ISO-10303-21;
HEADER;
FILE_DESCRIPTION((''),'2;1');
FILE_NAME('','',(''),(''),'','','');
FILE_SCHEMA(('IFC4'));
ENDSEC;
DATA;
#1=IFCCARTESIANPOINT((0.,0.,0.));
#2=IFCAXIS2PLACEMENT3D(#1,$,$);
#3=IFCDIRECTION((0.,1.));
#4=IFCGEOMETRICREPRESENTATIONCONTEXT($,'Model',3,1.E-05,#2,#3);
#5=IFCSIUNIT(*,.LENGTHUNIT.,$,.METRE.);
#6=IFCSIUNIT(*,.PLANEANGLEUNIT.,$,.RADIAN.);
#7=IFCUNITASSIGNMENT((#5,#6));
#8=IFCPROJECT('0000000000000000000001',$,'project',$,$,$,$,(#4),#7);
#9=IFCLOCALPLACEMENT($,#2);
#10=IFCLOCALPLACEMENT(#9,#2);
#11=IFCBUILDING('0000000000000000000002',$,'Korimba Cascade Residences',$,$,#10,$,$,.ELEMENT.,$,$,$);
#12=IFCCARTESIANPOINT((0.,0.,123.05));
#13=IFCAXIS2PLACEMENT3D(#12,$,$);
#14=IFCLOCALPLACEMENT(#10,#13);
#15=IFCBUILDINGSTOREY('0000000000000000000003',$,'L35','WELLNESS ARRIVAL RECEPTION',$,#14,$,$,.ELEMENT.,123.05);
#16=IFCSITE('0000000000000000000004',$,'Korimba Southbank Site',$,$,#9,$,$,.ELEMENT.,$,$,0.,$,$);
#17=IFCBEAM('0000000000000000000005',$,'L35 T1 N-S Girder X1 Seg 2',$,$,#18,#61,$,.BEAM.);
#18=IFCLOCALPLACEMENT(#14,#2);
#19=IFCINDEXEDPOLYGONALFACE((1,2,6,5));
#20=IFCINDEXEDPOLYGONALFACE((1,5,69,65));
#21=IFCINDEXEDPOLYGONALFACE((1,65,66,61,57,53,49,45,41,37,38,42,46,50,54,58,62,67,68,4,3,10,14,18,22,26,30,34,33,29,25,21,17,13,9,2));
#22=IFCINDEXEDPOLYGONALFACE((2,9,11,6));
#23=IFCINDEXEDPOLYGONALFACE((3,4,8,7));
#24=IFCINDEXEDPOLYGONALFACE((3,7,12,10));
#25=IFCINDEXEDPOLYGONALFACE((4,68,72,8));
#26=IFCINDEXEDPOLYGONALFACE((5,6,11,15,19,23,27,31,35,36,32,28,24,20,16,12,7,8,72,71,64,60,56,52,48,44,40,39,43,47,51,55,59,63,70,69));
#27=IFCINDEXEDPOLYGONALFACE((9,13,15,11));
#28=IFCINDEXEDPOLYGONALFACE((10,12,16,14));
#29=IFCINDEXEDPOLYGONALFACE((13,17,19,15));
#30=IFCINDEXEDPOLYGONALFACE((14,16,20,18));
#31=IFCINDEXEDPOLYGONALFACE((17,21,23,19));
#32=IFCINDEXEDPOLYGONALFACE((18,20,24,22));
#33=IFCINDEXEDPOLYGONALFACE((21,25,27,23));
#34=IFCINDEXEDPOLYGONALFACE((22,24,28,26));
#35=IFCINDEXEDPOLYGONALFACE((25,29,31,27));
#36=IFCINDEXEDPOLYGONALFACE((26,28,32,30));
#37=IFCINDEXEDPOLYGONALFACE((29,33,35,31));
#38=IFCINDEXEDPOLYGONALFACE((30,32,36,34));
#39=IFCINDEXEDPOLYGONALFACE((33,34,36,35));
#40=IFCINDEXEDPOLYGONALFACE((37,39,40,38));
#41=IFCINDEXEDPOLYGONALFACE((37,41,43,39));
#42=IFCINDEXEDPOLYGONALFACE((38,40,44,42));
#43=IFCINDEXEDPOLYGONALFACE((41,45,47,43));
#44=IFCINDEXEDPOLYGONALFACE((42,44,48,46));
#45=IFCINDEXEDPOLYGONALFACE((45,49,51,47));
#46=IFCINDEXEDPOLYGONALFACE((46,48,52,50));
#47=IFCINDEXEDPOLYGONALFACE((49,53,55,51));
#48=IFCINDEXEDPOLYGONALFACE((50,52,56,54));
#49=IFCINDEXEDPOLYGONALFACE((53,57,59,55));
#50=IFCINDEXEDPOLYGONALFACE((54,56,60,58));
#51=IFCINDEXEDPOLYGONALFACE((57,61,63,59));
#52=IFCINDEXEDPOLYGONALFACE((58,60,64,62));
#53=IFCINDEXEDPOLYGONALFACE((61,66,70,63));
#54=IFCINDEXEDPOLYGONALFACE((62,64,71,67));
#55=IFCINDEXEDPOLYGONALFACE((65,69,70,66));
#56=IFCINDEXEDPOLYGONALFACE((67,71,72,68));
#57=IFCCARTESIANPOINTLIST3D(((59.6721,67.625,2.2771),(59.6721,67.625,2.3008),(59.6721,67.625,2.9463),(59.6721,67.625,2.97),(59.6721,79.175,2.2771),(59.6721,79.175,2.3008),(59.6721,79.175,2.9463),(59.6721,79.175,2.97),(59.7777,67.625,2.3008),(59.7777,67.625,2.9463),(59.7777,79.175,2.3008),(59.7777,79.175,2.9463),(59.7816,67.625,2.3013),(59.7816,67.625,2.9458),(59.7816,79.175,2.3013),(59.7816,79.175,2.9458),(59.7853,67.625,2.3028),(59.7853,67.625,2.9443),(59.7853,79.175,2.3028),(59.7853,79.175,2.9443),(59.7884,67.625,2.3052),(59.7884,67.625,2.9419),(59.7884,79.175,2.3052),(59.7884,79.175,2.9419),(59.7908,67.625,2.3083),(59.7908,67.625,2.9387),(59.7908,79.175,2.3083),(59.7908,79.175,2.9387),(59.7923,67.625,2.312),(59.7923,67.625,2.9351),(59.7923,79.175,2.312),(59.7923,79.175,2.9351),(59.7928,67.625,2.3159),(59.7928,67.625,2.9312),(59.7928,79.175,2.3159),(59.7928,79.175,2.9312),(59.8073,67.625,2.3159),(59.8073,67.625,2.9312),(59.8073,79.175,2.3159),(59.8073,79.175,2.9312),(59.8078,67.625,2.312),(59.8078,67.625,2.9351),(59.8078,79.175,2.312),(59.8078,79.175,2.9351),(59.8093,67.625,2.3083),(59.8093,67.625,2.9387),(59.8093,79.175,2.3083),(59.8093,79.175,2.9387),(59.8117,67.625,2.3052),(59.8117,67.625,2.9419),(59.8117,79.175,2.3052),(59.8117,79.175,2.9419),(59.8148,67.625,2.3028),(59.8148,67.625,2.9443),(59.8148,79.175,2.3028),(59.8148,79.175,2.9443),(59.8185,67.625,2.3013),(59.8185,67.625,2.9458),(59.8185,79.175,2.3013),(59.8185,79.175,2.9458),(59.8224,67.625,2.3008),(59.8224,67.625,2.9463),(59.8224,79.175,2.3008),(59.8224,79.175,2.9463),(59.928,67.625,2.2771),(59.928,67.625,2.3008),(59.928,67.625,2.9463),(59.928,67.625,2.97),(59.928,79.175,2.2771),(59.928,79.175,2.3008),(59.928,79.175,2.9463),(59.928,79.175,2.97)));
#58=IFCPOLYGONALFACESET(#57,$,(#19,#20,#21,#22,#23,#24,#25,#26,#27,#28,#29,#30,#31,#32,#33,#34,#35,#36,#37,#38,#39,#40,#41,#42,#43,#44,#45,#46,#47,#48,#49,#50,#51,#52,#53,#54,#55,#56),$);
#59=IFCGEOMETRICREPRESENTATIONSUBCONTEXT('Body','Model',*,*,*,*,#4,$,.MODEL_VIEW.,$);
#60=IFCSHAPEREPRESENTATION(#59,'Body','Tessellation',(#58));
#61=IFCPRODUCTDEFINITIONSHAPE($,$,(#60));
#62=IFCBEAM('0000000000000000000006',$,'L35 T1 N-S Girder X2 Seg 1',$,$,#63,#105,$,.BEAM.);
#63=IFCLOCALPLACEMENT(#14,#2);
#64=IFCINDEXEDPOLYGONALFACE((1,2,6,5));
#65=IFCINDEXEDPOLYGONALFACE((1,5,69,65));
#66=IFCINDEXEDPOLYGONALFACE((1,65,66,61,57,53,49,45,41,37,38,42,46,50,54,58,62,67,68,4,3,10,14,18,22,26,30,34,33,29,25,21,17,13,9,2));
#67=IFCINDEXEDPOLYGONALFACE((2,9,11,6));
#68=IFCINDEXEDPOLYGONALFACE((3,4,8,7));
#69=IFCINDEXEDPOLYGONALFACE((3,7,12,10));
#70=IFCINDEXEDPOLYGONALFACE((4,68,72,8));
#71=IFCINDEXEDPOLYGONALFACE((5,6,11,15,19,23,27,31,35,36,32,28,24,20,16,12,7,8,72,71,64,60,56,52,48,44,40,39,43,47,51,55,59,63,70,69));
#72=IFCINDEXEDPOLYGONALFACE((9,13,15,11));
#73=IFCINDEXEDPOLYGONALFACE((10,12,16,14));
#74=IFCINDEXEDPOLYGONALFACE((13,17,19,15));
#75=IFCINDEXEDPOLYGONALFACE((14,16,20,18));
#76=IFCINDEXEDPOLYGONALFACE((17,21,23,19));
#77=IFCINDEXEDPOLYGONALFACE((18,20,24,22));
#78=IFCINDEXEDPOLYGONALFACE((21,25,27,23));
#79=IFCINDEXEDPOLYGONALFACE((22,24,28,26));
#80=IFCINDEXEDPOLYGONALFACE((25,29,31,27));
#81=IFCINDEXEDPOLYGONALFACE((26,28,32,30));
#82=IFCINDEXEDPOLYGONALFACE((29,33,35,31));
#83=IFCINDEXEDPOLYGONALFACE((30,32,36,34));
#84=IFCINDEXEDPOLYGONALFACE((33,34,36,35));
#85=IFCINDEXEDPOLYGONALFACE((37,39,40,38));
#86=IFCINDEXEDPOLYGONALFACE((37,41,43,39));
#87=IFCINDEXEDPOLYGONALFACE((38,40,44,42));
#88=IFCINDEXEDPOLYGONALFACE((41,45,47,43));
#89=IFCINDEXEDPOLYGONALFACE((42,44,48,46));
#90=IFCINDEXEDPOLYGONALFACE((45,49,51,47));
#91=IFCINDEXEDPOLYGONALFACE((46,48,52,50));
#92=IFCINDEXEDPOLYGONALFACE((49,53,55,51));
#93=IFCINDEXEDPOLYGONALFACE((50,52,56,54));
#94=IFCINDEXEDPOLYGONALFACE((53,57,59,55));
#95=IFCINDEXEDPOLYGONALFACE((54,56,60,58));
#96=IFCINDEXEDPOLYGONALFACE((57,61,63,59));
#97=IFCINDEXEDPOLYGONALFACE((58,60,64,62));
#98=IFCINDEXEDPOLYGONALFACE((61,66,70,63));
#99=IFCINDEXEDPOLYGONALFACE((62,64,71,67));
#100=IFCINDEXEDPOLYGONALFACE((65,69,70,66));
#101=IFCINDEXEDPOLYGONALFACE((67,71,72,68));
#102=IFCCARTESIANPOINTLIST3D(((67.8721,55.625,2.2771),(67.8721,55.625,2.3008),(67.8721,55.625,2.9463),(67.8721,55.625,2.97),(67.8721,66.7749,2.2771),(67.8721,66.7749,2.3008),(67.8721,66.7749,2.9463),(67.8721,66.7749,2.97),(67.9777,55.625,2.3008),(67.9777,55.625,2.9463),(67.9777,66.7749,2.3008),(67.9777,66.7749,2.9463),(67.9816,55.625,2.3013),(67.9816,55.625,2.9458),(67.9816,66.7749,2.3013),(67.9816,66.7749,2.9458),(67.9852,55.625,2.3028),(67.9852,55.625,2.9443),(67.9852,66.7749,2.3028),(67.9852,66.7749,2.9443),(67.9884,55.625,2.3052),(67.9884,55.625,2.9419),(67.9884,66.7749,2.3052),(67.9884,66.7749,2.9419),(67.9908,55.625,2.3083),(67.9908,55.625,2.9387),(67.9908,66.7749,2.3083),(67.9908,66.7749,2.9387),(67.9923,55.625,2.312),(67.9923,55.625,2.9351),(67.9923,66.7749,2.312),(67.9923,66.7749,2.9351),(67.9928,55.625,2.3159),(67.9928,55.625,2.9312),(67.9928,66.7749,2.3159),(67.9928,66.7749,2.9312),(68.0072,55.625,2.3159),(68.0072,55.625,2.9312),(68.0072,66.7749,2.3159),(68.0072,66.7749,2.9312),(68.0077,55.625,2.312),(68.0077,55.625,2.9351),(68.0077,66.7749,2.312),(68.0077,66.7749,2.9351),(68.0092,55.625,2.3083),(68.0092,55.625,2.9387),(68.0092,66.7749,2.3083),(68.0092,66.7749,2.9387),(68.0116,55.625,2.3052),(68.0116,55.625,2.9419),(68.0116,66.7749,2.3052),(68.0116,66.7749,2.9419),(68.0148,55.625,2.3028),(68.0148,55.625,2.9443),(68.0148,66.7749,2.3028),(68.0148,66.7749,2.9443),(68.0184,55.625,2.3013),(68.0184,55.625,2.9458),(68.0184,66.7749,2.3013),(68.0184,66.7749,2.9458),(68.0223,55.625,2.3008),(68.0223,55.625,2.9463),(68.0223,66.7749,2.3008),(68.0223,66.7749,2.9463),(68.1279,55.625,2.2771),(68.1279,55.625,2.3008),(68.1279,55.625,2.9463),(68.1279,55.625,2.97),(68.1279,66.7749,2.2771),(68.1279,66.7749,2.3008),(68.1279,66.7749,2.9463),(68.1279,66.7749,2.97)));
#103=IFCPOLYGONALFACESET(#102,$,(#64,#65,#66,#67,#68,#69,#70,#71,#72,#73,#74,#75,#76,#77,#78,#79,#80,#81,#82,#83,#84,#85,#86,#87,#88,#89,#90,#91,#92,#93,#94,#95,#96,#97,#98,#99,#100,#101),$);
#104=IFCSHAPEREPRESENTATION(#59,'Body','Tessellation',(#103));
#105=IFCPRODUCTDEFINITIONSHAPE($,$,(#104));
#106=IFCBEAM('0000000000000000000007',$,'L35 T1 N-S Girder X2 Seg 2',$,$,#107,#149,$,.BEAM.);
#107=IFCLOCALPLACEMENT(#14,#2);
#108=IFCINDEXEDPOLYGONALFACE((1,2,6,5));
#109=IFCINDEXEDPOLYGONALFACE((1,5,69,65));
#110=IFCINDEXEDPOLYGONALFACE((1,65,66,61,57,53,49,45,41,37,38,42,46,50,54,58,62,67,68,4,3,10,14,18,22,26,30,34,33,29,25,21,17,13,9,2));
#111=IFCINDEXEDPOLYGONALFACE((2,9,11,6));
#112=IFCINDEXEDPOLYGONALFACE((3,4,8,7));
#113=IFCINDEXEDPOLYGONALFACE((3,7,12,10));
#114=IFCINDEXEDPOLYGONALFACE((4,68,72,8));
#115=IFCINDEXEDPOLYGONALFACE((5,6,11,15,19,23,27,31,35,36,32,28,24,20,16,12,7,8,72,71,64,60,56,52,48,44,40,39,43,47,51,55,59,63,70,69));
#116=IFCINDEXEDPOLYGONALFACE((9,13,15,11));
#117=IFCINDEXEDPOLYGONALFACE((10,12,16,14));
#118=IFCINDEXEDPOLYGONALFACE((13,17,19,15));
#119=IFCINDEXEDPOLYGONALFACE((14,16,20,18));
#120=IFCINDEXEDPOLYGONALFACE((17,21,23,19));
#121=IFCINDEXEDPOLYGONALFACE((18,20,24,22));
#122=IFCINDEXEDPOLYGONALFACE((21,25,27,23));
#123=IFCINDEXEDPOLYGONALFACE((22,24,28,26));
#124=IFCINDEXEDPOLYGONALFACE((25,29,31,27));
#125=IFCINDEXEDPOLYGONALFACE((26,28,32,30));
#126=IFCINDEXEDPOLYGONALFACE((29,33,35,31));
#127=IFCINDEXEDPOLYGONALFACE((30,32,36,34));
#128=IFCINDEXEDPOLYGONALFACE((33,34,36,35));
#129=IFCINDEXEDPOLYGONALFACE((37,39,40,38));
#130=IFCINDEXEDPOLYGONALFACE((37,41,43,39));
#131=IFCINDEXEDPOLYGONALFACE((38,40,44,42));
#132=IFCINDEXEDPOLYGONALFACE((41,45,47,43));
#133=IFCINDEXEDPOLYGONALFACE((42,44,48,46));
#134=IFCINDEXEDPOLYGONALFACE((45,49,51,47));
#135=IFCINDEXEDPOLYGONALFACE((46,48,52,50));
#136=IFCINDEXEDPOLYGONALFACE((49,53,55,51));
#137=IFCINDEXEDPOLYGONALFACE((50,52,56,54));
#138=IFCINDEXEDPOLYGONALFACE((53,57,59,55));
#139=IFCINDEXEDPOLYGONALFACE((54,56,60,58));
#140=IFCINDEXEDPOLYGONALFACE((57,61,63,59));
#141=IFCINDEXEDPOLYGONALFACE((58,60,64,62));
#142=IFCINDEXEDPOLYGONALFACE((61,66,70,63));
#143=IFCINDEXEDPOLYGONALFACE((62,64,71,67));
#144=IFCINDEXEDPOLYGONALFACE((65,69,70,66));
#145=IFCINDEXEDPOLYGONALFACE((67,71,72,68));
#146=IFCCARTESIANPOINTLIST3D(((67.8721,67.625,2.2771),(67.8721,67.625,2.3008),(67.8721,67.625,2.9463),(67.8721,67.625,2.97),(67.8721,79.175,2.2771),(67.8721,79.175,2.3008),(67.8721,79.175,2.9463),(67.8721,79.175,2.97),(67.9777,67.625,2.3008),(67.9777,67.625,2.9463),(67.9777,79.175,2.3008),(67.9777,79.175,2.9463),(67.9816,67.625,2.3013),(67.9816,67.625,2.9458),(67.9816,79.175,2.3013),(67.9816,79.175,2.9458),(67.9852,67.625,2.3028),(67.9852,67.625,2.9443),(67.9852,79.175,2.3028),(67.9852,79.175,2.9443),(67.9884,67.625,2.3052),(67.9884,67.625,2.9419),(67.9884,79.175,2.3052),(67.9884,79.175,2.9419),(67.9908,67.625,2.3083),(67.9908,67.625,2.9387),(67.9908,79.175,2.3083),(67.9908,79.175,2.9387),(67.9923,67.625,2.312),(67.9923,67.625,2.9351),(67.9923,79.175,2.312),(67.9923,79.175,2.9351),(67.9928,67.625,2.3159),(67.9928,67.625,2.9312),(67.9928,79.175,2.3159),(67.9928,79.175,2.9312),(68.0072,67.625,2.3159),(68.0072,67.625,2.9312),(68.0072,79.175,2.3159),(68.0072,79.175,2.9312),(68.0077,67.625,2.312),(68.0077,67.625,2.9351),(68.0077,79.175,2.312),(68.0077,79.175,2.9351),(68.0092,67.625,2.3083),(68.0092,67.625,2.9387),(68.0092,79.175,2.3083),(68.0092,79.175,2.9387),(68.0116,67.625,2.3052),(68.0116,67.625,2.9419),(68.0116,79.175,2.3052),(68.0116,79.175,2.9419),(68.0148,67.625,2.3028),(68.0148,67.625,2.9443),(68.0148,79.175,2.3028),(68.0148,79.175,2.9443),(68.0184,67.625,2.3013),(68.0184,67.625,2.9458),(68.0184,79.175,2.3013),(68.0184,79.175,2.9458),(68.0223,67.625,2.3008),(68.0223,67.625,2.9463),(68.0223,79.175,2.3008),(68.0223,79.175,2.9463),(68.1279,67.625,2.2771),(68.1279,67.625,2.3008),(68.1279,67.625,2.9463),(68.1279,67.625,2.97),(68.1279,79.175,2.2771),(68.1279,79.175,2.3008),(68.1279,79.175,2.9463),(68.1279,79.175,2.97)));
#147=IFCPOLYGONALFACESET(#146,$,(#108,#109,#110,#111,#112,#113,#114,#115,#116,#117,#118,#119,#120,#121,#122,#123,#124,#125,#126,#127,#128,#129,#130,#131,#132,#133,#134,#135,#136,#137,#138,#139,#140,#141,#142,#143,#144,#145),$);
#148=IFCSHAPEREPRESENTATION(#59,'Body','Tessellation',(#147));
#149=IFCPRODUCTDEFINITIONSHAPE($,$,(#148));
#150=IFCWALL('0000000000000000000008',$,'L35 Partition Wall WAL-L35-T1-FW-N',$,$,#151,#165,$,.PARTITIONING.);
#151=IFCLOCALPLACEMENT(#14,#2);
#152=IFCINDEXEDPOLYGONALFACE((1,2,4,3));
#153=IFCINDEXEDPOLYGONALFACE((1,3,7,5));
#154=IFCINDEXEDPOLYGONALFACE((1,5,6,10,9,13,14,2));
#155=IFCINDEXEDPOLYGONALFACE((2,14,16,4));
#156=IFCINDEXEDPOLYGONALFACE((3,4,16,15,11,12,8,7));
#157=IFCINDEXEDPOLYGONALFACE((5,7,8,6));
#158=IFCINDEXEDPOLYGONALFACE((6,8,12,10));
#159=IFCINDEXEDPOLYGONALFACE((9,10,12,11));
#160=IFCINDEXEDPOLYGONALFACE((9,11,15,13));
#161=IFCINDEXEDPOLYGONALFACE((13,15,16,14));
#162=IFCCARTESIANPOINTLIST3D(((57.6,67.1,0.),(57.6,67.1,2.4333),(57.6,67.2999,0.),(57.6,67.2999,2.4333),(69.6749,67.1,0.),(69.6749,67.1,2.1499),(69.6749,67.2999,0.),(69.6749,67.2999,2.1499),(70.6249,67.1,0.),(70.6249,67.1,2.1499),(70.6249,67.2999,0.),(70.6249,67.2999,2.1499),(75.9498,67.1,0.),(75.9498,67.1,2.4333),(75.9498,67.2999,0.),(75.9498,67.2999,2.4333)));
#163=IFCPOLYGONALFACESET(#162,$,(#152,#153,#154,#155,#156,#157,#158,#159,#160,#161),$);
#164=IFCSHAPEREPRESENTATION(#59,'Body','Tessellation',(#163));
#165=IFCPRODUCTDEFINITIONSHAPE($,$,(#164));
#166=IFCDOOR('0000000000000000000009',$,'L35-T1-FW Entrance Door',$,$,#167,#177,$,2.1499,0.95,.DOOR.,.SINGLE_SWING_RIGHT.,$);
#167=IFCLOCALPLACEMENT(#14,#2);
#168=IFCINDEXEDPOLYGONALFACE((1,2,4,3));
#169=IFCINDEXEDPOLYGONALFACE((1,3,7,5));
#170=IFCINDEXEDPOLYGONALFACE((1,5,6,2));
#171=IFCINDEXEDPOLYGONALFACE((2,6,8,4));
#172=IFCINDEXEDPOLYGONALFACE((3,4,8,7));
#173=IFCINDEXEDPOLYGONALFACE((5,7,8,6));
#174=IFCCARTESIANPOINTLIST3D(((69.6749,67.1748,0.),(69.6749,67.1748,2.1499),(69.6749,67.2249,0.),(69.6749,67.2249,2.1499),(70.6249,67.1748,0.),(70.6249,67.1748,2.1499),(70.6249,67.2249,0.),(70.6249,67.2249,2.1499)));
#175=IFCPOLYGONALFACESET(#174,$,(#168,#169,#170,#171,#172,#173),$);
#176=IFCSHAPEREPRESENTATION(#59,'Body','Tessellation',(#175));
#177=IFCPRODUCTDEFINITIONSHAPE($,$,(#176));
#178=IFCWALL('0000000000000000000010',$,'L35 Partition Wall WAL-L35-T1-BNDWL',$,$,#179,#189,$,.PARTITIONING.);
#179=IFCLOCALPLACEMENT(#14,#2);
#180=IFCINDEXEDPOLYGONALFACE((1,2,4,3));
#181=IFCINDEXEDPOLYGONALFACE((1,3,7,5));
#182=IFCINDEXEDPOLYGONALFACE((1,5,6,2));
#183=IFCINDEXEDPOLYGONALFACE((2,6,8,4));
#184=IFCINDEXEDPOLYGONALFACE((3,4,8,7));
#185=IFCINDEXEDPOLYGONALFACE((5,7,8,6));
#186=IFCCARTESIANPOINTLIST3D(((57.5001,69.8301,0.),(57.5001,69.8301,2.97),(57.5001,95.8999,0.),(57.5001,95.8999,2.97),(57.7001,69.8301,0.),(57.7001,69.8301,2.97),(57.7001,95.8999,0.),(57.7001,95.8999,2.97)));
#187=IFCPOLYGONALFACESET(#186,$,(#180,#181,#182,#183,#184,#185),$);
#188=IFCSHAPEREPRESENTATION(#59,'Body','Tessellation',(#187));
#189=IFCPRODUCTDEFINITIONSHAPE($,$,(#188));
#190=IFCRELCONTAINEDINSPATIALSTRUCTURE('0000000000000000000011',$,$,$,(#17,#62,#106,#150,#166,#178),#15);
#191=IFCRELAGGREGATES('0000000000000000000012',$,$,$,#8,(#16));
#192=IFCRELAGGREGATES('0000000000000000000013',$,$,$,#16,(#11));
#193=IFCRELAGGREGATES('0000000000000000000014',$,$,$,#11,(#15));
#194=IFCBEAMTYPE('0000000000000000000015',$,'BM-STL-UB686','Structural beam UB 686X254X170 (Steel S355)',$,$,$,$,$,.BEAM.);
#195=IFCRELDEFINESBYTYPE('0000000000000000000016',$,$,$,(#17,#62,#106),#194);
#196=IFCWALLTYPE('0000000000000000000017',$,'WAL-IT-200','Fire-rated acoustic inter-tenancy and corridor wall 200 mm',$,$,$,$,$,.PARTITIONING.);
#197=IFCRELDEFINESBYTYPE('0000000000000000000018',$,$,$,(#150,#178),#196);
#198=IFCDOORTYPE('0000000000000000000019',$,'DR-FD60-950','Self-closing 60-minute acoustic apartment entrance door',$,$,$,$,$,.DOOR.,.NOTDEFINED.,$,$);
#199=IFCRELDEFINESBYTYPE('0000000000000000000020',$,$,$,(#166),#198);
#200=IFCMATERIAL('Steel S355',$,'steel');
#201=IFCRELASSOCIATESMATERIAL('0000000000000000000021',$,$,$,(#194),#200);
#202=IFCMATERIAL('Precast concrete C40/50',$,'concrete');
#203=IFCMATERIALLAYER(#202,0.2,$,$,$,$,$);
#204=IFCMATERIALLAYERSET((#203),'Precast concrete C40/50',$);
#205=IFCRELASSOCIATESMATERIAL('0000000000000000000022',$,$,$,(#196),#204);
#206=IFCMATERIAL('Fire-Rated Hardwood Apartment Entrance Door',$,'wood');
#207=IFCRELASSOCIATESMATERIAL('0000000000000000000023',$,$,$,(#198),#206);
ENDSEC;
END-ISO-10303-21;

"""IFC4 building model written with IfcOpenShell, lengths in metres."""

from ifc_helpers import new_model, si_unit, direction, frame, frame_2d, origin, origin_2d, place, context, subcontext, project, spatial, rectangle, i_section, extrude, material, layer, layer_set, material_profile, profile_set, type_object, element, fill, save


model = new_model("IFC4")

# Units and contexts
model_context = context("Model", 3, precision=1e-05, world=origin(), true_north=direction((0.0, 1.0)))
body_context = subcontext(model_context, "Body", "Model", "MODEL_VIEW")
ifc_project = project(units=[si_unit("LENGTHUNIT", "METRE"), si_unit("PLANEANGLEUNIT", "RADIAN")], contexts=[model_context])

# Site, building, storey
site_placement = place(None, origin())
site = spatial("IfcSite", under=ifc_project, at=site_placement, Name="Korimba Southbank Site", CompositionType="ELEMENT", RefElevation=0.0)
building_placement = place(site_placement, origin())
building = spatial("IfcBuilding", under=site, at=building_placement, Name="Korimba Cascade Residences", CompositionType="ELEMENT")
storey_placement = place(building_placement, frame((0.0, 0.0, 123.05)))
storey = spatial("IfcBuildingStorey", under=building, at=storey_placement, Name="L35", Description="WELLNESS ARRIVAL RECEPTION", CompositionType="ELEMENT", Elevation=123.05)

# Beams
ifc_material_1 = material(Name="Steel S355", Category="steel")
ifc_material_profile_1 = material_profile(ifc_material_1, i_section(OverallWidth=0.2559, OverallDepth=0.6929, WebThickness=0.0144, FlangeThickness=0.0237, FilletRadius=0.0151, at=origin_2d()), Name="Steel S355")
ifc_profile_set_1 = profile_set([ifc_material_profile_1], Name="Steel S355")
beam_type_1 = type_object("IfcBeamType", Name="BM-STL-UB686", Description="Structural beam UB 686X254X170 (Steel S355)", PredefinedType="BEAM", material=ifc_profile_set_1)
beam_1_placement = place(storey_placement, frame((59.8, 67.625, 2.6235), z_axis=(0.0, 1.0, 0.0), x_axis=(-1.0, 0.0, 0.0)))
element("IfcBeam", 1, at=beam_1_placement, inside=storey, type_object=beam_type_1, Name="L35 T1 N-S Girder X1 Seg 2", PredefinedType="BEAM", context=body_context, shape_type="SweptSolid", body=[
    extrude(i_section(OverallWidth=0.2559, OverallDepth=0.6929, WebThickness=0.0144, FlangeThickness=0.0237, FilletRadius=0.0151, at=origin_2d()), origin(), (0.0, 0.0, 1.0), 11.55),
])
beam_2_placement = place(storey_placement, frame((68.0, 55.625, 2.6235), z_axis=(0.0, 1.0, 0.0), x_axis=(-1.0, 0.0, 0.0)))
element("IfcBeam", 2, at=beam_2_placement, inside=storey, type_object=beam_type_1, Name="L35 T1 N-S Girder X2 Seg 1", PredefinedType="BEAM", context=body_context, shape_type="SweptSolid", body=[
    extrude(i_section(OverallWidth=0.2559, OverallDepth=0.6929, WebThickness=0.0144, FlangeThickness=0.0237, FilletRadius=0.0151, at=origin_2d()), origin(), (0.0, 0.0, 1.0), 11.1499),
])
beam_3_placement = place(storey_placement, frame((68.0, 67.625, 2.6235), z_axis=(0.0, 1.0, 0.0), x_axis=(-1.0, 0.0, 0.0)))
element("IfcBeam", 3, at=beam_3_placement, inside=storey, type_object=beam_type_1, Name="L35 T1 N-S Girder X2 Seg 2", PredefinedType="BEAM", context=body_context, shape_type="SweptSolid", body=[
    extrude(i_section(OverallWidth=0.2559, OverallDepth=0.6929, WebThickness=0.0144, FlangeThickness=0.0237, FilletRadius=0.0151, at=origin_2d()), origin(), (0.0, 0.0, 1.0), 11.55),
])

# Wall, opening, door
ifc_material_2 = material(Name="Precast concrete C40/50", Category="concrete")
ifc_layer_1 = layer(ifc_material_2, 0.2)
ifc_layer_set_1 = layer_set([ifc_layer_1], Name="Precast concrete C40/50")
wall_type_1 = type_object("IfcWallType", Name="WAL-IT-200", Description="Fire-rated acoustic inter-tenancy and corridor wall 200 mm", PredefinedType="PARTITIONING", material=ifc_layer_set_1)
wall_1_placement = place(storey_placement, frame((57.6001, 67.2, 0.0), z_axis=(0.0, 0.0, 1.0), x_axis=(1.0, 0.0, 0.0)))
wall_1 = element("IfcWall", 4, at=wall_1_placement, inside=storey, type_object=wall_type_1, Name="L35 Partition Wall WAL-L35-T1-FW-N", PredefinedType="PARTITIONING", context=body_context, shape_type="SweptSolid", body=[
    extrude(rectangle(XDim=18.3499, YDim=0.2, at=frame_2d((9.1748, 0.0))), origin(), (0.0, 0.0, 1.0), 2.4333),
])
opening_1_placement = place(wall_1_placement, frame((12.0747, 0.0, 0.0)))
opening_1 = element("IfcOpeningElement", 5, at=opening_1_placement, cuts=wall_1, PredefinedType="OPENING", context=body_context, shape_type="SweptSolid", body=[
    extrude(rectangle(XDim=0.95, YDim=2.1499, at=frame_2d((0.4751, 1.075))), frame((0.0, 0.1099, 0.0), z_axis=(0.0, -1.0, 0.0), x_axis=(1.0, 0.0, 0.0)), (0.0, 0.0, 1.0), 0.22),
])
ifc_material_3 = material(Name="Fire-Rated Hardwood Apartment Entrance Door", Category="wood")
door_type_1 = type_object("IfcDoorType", Name="DR-FD60-950", Description="Self-closing 60-minute acoustic apartment entrance door", OperationType="NOTDEFINED", PredefinedType="DOOR", material=ifc_material_3)
door_1_placement = place(opening_1_placement, origin())
door_1 = element("IfcDoor", 6, at=door_1_placement, inside=storey, type_object=door_type_1, Name="L35-T1-FW Entrance Door", OperationType="SINGLE_SWING_RIGHT", OverallHeight=2.1499, OverallWidth=0.95, PredefinedType="DOOR", context=body_context, shape_type="SweptSolid", body=[
    extrude(rectangle(XDim=0.95, YDim=2.1499, at=frame_2d((0.4751, 1.075))), frame((0.0, 0.0249, 0.0), z_axis=(0.0, -1.0, 0.0), x_axis=(1.0, 0.0, 0.0)), (0.0, 0.0, 1.0), 0.05),
])
fill(opening_1, door_1)

# Wall
wall_2_placement = place(storey_placement, frame((57.6001, 69.8301, 0.0), z_axis=(0.0, 0.0, 1.0), x_axis=(0.0, 1.0, 0.0)))
element("IfcWall", 7, at=wall_2_placement, inside=storey, type_object=wall_type_1, Name="L35 Partition Wall WAL-L35-T1-BNDWL", PredefinedType="PARTITIONING", context=body_context, shape_type="SweptSolid", body=[
    extrude(rectangle(XDim=26.0698, YDim=0.2, at=frame_2d((13.0349, 0.0))), origin(), (0.0, 0.0, 1.0), 2.97),
])

save(model, "model.ifc")
